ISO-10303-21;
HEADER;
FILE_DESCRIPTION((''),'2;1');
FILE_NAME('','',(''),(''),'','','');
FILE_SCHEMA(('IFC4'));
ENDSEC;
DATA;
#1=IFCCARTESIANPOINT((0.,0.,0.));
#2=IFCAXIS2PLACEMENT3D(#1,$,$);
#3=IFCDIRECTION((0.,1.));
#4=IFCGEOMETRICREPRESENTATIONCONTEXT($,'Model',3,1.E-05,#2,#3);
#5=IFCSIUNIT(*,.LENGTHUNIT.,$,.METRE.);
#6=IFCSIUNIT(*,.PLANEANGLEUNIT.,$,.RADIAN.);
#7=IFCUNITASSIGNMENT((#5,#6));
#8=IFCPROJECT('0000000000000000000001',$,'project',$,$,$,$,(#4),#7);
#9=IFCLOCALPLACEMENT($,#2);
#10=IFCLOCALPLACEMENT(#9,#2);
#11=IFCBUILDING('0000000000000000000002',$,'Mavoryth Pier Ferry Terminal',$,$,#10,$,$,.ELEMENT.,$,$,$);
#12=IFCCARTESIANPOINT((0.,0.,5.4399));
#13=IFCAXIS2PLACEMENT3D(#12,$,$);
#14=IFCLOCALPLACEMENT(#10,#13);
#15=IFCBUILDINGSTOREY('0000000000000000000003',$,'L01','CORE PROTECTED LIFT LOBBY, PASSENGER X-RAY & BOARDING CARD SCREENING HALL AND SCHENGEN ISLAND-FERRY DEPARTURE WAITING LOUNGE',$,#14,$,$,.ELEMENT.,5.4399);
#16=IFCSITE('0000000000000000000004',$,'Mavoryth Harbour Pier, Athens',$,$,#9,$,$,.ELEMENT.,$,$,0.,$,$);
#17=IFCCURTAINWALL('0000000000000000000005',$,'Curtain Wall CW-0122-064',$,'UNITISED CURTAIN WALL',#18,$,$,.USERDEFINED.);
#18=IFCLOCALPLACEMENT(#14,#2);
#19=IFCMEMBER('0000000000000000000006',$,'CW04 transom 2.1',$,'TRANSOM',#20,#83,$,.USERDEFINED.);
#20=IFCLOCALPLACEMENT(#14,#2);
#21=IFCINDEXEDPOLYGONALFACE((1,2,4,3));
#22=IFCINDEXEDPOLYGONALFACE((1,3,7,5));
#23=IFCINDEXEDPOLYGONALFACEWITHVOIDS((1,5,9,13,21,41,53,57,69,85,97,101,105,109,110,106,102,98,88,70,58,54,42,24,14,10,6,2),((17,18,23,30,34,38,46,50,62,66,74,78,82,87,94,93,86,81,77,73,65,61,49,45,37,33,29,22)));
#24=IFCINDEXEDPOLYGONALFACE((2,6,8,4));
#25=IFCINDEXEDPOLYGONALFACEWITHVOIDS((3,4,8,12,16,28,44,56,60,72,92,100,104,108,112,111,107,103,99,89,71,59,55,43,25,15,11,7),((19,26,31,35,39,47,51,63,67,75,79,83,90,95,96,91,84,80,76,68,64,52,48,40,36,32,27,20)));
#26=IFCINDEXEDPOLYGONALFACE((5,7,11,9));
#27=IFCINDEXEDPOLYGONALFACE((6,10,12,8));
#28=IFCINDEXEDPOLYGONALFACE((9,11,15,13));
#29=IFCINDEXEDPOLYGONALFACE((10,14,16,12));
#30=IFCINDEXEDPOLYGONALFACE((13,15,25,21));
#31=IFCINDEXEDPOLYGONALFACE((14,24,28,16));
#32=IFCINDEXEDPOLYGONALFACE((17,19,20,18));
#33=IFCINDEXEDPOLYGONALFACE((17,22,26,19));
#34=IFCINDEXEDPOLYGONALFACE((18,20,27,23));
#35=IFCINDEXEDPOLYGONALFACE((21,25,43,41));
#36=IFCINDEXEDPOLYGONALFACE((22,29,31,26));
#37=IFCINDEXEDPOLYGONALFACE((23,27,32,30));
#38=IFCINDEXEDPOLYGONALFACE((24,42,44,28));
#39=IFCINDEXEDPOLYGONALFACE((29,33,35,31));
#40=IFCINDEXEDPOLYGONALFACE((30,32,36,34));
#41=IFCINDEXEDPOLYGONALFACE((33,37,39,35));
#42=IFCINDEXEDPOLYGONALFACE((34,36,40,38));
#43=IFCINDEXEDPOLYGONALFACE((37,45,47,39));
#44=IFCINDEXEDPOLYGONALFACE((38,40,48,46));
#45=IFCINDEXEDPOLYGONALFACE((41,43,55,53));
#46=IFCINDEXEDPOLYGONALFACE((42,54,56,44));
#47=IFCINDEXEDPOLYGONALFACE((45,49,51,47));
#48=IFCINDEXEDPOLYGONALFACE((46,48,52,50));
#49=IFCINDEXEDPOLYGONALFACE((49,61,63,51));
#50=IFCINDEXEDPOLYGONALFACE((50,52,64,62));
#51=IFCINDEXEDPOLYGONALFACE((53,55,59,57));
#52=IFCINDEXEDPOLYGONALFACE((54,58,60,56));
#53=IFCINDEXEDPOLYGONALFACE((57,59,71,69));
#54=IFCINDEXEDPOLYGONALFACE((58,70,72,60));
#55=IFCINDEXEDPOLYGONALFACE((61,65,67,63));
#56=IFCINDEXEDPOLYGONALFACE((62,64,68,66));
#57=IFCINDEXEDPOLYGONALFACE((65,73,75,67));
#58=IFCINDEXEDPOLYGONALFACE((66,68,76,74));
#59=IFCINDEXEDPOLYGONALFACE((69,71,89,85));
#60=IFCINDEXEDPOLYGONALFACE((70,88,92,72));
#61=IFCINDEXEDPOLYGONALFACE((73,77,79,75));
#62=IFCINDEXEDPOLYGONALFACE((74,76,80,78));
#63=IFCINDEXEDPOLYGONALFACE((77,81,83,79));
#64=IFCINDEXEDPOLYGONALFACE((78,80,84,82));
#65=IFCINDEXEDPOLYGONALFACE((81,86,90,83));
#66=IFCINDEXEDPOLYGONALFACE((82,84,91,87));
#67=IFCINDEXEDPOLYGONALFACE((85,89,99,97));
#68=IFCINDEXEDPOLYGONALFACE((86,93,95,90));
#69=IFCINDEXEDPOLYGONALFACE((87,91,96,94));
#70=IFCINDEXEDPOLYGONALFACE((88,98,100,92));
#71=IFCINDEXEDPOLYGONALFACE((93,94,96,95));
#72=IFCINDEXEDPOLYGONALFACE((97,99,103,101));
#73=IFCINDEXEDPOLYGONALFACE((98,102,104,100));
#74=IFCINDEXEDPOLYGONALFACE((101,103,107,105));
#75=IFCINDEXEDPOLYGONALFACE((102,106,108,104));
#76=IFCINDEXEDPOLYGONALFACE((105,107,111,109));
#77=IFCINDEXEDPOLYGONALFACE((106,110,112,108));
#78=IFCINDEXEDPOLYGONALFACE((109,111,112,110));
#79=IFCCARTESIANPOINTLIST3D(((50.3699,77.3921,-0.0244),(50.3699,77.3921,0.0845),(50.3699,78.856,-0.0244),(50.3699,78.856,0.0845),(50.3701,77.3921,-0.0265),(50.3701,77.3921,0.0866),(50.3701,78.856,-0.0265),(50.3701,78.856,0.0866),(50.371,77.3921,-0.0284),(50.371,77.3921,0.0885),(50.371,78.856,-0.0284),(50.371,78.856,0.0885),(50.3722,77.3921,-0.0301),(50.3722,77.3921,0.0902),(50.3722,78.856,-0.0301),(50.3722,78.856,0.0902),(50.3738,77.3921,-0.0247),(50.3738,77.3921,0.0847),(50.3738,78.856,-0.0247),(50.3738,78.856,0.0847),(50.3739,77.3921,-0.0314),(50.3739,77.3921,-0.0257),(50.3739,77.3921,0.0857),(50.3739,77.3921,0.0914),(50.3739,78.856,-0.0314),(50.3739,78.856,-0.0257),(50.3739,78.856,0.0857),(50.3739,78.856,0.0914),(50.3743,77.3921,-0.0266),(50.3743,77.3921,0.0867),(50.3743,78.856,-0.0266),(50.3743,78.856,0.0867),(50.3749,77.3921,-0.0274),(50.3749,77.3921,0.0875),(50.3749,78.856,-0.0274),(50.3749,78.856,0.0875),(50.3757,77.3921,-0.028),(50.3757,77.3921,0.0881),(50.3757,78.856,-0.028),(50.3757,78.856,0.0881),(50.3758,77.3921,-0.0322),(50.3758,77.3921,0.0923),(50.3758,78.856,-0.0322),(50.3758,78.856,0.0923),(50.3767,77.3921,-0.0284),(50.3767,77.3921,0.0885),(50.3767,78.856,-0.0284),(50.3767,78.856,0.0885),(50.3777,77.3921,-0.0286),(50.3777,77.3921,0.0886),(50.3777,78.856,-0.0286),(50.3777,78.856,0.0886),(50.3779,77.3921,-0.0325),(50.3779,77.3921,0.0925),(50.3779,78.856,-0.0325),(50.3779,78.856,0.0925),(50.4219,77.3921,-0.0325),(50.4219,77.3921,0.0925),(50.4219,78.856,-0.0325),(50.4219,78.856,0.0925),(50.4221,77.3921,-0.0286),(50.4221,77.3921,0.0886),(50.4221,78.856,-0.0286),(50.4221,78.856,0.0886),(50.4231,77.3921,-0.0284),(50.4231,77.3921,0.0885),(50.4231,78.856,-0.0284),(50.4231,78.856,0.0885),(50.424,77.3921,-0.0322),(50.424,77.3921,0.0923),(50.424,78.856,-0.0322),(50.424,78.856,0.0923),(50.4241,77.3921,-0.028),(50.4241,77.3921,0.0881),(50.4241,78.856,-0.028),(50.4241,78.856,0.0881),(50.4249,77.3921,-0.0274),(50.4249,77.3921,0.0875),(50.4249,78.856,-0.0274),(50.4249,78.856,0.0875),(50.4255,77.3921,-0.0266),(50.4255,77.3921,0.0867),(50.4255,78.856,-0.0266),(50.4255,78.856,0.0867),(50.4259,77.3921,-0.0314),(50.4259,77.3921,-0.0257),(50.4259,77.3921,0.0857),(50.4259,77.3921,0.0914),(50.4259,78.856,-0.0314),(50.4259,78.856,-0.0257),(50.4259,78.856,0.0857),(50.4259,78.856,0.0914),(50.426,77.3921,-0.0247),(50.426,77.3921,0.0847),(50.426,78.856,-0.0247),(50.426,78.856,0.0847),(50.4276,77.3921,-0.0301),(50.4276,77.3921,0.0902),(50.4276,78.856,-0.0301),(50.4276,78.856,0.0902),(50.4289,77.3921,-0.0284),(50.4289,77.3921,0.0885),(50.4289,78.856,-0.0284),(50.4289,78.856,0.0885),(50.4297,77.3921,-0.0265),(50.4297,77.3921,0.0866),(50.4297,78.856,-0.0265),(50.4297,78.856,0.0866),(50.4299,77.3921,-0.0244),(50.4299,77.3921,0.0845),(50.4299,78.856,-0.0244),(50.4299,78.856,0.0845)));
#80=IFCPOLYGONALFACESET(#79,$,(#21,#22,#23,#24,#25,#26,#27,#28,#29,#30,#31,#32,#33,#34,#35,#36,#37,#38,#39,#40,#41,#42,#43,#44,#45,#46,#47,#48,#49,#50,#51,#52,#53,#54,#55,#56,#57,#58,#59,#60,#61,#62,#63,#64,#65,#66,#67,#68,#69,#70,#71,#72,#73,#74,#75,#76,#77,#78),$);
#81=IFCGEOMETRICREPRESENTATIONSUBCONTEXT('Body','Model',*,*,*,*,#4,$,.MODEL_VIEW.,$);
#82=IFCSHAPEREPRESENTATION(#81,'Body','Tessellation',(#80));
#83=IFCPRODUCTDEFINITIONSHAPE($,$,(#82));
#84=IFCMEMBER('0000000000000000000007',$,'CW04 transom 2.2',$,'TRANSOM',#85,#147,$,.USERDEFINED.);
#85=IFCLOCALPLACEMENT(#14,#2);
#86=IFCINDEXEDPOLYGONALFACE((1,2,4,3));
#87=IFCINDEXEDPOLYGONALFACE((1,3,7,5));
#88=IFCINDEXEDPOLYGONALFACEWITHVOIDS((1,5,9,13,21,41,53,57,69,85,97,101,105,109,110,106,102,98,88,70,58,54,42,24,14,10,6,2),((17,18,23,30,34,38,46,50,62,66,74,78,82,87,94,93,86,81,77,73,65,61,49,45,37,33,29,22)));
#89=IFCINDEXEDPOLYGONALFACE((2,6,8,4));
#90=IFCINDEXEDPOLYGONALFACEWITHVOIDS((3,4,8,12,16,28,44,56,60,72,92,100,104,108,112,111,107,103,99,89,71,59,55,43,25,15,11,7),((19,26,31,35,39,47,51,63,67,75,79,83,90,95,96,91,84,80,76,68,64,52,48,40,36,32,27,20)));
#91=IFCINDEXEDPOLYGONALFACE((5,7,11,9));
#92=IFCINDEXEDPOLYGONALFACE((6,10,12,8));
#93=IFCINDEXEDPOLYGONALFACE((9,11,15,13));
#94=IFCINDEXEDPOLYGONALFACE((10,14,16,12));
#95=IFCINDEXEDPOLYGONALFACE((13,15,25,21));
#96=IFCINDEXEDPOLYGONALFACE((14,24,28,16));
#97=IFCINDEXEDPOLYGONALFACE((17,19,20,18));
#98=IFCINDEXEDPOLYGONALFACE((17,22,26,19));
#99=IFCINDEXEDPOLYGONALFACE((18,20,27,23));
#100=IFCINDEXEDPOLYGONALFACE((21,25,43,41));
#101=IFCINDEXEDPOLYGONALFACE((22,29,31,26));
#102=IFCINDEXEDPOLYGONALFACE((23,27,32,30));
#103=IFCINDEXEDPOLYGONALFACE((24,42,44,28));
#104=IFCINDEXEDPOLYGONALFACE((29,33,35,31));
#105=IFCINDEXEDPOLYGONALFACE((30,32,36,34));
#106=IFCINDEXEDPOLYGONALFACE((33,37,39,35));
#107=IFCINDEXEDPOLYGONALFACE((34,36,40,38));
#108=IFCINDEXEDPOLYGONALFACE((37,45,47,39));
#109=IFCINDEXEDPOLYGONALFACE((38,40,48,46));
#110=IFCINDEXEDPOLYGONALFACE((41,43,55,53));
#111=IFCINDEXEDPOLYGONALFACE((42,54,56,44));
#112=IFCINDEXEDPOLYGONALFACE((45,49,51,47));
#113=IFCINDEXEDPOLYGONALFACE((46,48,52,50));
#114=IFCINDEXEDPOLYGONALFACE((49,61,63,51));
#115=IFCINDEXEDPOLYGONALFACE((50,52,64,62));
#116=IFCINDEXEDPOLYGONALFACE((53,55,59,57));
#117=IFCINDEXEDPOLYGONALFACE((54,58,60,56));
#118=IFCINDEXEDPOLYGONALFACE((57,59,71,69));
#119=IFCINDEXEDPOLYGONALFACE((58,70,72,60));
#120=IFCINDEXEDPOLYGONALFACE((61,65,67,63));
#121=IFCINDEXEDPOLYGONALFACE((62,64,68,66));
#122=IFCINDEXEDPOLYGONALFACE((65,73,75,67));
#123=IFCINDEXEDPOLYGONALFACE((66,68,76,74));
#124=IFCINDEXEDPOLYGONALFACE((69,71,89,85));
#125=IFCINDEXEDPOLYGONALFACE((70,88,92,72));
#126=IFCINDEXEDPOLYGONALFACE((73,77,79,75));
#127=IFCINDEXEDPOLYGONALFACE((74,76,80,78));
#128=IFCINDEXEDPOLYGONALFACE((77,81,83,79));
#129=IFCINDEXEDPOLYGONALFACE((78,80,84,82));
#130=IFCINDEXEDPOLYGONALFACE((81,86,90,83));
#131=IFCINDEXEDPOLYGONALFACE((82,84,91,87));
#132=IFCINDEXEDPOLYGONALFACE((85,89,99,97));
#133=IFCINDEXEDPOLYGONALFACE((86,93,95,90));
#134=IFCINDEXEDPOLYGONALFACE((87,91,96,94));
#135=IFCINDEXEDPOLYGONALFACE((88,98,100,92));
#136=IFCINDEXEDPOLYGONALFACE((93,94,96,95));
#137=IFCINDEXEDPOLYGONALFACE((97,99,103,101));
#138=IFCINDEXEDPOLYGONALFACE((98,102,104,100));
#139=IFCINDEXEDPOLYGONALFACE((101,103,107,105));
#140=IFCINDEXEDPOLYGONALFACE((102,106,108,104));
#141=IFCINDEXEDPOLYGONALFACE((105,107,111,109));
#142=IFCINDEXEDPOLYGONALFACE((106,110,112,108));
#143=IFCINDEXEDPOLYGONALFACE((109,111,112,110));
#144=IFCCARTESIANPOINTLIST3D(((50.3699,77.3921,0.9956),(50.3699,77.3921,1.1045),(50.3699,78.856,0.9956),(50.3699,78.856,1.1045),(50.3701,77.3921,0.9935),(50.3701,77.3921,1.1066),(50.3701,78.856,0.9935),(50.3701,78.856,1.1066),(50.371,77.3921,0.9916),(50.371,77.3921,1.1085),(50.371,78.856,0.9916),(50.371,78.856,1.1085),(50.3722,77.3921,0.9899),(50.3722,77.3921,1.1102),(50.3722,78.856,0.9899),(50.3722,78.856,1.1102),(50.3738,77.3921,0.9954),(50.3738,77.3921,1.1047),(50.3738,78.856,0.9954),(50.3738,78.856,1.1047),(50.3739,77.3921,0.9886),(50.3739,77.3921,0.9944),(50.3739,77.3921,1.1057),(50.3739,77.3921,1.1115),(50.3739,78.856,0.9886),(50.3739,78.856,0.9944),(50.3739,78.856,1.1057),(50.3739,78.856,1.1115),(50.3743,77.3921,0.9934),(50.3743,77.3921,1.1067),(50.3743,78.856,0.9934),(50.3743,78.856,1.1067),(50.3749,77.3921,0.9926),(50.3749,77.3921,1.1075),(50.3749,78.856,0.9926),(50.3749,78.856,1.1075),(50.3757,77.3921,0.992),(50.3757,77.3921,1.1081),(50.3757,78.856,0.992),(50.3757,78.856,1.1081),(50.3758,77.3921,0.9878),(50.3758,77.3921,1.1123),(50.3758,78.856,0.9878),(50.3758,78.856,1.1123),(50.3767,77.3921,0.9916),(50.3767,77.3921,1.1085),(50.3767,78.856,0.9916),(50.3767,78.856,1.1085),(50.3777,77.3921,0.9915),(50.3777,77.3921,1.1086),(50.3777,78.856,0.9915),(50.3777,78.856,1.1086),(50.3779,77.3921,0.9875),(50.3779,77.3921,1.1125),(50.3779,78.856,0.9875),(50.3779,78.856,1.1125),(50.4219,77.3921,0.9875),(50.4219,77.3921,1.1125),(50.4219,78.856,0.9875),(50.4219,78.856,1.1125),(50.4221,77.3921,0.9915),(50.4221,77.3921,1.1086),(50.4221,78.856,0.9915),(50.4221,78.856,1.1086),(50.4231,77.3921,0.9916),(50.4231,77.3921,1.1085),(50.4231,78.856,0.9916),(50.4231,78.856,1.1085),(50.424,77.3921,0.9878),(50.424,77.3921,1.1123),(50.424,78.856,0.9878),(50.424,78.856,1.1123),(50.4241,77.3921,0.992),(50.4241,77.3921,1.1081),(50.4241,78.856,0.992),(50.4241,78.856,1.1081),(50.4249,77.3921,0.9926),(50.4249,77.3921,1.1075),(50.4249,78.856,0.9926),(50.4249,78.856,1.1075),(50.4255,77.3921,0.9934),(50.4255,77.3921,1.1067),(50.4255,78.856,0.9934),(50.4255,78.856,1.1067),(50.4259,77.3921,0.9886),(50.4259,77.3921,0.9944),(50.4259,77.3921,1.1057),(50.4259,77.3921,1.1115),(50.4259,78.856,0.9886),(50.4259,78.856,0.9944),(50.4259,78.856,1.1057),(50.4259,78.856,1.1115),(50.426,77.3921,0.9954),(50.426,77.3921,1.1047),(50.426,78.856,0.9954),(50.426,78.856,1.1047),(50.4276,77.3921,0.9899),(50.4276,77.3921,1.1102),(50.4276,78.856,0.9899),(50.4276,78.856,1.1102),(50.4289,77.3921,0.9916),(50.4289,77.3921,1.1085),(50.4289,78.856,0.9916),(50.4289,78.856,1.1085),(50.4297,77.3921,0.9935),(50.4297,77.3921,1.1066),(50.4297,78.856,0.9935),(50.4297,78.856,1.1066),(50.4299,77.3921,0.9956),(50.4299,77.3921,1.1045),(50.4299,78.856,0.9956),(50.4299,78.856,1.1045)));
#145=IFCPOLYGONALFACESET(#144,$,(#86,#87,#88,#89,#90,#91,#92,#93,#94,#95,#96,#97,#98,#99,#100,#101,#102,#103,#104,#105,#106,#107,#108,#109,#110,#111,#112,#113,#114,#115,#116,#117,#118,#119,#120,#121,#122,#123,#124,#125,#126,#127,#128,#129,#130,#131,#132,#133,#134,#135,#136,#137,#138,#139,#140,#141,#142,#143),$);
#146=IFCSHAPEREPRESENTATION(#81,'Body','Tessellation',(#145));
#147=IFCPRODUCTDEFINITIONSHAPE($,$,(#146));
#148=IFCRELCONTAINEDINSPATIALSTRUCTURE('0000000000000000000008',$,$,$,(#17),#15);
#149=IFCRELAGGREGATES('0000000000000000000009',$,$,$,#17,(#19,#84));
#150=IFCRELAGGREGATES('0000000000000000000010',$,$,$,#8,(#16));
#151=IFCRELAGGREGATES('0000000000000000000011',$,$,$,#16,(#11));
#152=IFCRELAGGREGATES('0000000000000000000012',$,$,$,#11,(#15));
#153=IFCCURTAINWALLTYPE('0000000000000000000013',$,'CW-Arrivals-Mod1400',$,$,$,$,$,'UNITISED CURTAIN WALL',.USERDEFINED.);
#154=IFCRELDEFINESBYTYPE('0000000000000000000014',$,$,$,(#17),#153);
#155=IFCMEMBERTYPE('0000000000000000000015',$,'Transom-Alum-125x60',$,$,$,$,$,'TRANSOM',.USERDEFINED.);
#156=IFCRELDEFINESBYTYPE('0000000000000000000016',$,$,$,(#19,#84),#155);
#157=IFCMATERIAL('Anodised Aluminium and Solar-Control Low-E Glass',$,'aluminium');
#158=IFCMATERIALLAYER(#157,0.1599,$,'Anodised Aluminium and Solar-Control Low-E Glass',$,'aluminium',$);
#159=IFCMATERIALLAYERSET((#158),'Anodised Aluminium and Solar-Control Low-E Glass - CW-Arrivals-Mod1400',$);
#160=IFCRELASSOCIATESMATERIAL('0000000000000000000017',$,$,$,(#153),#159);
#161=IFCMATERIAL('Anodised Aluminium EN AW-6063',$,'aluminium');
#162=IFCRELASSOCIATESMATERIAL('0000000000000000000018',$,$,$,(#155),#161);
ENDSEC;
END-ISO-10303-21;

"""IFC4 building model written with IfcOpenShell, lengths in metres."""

from ifc_helpers import new_model, si_unit, direction, frame, origin, origin_2d, place, context, subcontext, project, spatial, hollow_rectangle, extrude, material, layer, layer_set, material_profile, profile_set, type_object, element, aggregate, save


model = new_model("IFC4")

# Units and contexts
model_context = context("Model", 3, precision=1e-05, world=origin(), true_north=direction((0.0, 1.0)))
body_context = subcontext(model_context, "Body", "Model", "MODEL_VIEW")
ifc_project = project(units=[si_unit("LENGTHUNIT", "METRE"), si_unit("PLANEANGLEUNIT", "RADIAN")], contexts=[model_context])

# Site, building, storey
site_placement = place(None, origin())
site = spatial("IfcSite", under=ifc_project, at=site_placement, Name="Mavoryth Harbour Pier, Athens", CompositionType="ELEMENT", RefElevation=0.0)
building_placement = place(site_placement, origin())
building = spatial("IfcBuilding", under=site, at=building_placement, Name="Mavoryth Pier Ferry Terminal", CompositionType="ELEMENT")
storey_placement = place(building_placement, frame((0.0, 0.0, 5.4399)))
storey = spatial("IfcBuildingStorey", under=building, at=storey_placement, Name="L01", Description="CORE PROTECTED LIFT LOBBY, PASSENGER X-RAY & BOARDING CARD SCREENING HALL AND SCHENGEN ISLAND-FERRY DEPARTURE WAITING LOUNGE", CompositionType="ELEMENT", Elevation=5.4399)

# Curtain wall, members
ifc_material_1 = material(Name="Anodised Aluminium and Solar-Control Low-E Glass", Category="aluminium")
ifc_layer_1 = layer(ifc_material_1, 0.1599, Name="Anodised Aluminium and Solar-Control Low-E Glass", Category="aluminium")
ifc_layer_set_1 = layer_set([ifc_layer_1], Name="Anodised Aluminium and Solar-Control Low-E Glass - CW-Arrivals-Mod1400")
curtain_wall_type = type_object("IfcCurtainWallType", Name="CW-Arrivals-Mod1400", ElementType="UNITISED CURTAIN WALL", PredefinedType="USERDEFINED", material=ifc_layer_set_1)
curtain_wall_placement = place(storey_placement, origin())
curtain_wall = element("IfcCurtainWall", 1, at=curtain_wall_placement, inside=storey, type_object=curtain_wall_type, Name="Curtain Wall CW-0122-064", ObjectType="UNITISED CURTAIN WALL", PredefinedType="USERDEFINED")
ifc_material_2 = material(Name="Anodised Aluminium EN AW-6063", Category="aluminium")
ifc_material_profile_1 = material_profile(ifc_material_2, hollow_rectangle(XDim=0.0601, YDim=0.125, WallThickness=0.0039, InnerFilletRadius=0.0039, OuterFilletRadius=0.0081, at=origin_2d()), Name="AL-TRAN 125x60x4", Category="aluminium")
ifc_profile_set_1 = profile_set([ifc_material_profile_1], Name="Anodised Aluminium EN AW-6063 - AL-TRAN 125x60x4")
member_type_1 = type_object("IfcMemberType", Name="Transom-Alum-125x60", ElementType="TRANSOM", PredefinedType="USERDEFINED", material=ifc_profile_set_1)
member_1_placement = place(storey_placement, frame((50.3999, 78.856, 0.03), z_axis=(0.0, -1.0, 0.0), x_axis=(1.0, 0.0, 0.0)))
member_1 = element("IfcMember", 2, at=member_1_placement, type_object=member_type_1, Name="CW04 transom 2.1", ObjectType="TRANSOM", PredefinedType="USERDEFINED", context=body_context, shape_type="SweptSolid", body=[
    extrude(hollow_rectangle(XDim=0.0601, YDim=0.125, WallThickness=0.0039, InnerFilletRadius=0.0039, OuterFilletRadius=0.0081, at=origin_2d()), origin(), (0.0, 0.0, 1.0), 1.4639),
])
member_2_placement = place(storey_placement, frame((50.3999, 78.856, 1.05), z_axis=(0.0, -1.0, 0.0), x_axis=(1.0, 0.0, 0.0)))
member_2 = element("IfcMember", 3, at=member_2_placement, type_object=member_type_1, Name="CW04 transom 2.2", ObjectType="TRANSOM", PredefinedType="USERDEFINED", context=body_context, shape_type="SweptSolid", body=[
    extrude(hollow_rectangle(XDim=0.0601, YDim=0.125, WallThickness=0.0039, InnerFilletRadius=0.0039, OuterFilletRadius=0.0081, at=origin_2d()), origin(), (0.0, 0.0, 1.0), 1.4639),
])
aggregate(curtain_wall, [member_1, member_2])

save(model, "model.ifc")
